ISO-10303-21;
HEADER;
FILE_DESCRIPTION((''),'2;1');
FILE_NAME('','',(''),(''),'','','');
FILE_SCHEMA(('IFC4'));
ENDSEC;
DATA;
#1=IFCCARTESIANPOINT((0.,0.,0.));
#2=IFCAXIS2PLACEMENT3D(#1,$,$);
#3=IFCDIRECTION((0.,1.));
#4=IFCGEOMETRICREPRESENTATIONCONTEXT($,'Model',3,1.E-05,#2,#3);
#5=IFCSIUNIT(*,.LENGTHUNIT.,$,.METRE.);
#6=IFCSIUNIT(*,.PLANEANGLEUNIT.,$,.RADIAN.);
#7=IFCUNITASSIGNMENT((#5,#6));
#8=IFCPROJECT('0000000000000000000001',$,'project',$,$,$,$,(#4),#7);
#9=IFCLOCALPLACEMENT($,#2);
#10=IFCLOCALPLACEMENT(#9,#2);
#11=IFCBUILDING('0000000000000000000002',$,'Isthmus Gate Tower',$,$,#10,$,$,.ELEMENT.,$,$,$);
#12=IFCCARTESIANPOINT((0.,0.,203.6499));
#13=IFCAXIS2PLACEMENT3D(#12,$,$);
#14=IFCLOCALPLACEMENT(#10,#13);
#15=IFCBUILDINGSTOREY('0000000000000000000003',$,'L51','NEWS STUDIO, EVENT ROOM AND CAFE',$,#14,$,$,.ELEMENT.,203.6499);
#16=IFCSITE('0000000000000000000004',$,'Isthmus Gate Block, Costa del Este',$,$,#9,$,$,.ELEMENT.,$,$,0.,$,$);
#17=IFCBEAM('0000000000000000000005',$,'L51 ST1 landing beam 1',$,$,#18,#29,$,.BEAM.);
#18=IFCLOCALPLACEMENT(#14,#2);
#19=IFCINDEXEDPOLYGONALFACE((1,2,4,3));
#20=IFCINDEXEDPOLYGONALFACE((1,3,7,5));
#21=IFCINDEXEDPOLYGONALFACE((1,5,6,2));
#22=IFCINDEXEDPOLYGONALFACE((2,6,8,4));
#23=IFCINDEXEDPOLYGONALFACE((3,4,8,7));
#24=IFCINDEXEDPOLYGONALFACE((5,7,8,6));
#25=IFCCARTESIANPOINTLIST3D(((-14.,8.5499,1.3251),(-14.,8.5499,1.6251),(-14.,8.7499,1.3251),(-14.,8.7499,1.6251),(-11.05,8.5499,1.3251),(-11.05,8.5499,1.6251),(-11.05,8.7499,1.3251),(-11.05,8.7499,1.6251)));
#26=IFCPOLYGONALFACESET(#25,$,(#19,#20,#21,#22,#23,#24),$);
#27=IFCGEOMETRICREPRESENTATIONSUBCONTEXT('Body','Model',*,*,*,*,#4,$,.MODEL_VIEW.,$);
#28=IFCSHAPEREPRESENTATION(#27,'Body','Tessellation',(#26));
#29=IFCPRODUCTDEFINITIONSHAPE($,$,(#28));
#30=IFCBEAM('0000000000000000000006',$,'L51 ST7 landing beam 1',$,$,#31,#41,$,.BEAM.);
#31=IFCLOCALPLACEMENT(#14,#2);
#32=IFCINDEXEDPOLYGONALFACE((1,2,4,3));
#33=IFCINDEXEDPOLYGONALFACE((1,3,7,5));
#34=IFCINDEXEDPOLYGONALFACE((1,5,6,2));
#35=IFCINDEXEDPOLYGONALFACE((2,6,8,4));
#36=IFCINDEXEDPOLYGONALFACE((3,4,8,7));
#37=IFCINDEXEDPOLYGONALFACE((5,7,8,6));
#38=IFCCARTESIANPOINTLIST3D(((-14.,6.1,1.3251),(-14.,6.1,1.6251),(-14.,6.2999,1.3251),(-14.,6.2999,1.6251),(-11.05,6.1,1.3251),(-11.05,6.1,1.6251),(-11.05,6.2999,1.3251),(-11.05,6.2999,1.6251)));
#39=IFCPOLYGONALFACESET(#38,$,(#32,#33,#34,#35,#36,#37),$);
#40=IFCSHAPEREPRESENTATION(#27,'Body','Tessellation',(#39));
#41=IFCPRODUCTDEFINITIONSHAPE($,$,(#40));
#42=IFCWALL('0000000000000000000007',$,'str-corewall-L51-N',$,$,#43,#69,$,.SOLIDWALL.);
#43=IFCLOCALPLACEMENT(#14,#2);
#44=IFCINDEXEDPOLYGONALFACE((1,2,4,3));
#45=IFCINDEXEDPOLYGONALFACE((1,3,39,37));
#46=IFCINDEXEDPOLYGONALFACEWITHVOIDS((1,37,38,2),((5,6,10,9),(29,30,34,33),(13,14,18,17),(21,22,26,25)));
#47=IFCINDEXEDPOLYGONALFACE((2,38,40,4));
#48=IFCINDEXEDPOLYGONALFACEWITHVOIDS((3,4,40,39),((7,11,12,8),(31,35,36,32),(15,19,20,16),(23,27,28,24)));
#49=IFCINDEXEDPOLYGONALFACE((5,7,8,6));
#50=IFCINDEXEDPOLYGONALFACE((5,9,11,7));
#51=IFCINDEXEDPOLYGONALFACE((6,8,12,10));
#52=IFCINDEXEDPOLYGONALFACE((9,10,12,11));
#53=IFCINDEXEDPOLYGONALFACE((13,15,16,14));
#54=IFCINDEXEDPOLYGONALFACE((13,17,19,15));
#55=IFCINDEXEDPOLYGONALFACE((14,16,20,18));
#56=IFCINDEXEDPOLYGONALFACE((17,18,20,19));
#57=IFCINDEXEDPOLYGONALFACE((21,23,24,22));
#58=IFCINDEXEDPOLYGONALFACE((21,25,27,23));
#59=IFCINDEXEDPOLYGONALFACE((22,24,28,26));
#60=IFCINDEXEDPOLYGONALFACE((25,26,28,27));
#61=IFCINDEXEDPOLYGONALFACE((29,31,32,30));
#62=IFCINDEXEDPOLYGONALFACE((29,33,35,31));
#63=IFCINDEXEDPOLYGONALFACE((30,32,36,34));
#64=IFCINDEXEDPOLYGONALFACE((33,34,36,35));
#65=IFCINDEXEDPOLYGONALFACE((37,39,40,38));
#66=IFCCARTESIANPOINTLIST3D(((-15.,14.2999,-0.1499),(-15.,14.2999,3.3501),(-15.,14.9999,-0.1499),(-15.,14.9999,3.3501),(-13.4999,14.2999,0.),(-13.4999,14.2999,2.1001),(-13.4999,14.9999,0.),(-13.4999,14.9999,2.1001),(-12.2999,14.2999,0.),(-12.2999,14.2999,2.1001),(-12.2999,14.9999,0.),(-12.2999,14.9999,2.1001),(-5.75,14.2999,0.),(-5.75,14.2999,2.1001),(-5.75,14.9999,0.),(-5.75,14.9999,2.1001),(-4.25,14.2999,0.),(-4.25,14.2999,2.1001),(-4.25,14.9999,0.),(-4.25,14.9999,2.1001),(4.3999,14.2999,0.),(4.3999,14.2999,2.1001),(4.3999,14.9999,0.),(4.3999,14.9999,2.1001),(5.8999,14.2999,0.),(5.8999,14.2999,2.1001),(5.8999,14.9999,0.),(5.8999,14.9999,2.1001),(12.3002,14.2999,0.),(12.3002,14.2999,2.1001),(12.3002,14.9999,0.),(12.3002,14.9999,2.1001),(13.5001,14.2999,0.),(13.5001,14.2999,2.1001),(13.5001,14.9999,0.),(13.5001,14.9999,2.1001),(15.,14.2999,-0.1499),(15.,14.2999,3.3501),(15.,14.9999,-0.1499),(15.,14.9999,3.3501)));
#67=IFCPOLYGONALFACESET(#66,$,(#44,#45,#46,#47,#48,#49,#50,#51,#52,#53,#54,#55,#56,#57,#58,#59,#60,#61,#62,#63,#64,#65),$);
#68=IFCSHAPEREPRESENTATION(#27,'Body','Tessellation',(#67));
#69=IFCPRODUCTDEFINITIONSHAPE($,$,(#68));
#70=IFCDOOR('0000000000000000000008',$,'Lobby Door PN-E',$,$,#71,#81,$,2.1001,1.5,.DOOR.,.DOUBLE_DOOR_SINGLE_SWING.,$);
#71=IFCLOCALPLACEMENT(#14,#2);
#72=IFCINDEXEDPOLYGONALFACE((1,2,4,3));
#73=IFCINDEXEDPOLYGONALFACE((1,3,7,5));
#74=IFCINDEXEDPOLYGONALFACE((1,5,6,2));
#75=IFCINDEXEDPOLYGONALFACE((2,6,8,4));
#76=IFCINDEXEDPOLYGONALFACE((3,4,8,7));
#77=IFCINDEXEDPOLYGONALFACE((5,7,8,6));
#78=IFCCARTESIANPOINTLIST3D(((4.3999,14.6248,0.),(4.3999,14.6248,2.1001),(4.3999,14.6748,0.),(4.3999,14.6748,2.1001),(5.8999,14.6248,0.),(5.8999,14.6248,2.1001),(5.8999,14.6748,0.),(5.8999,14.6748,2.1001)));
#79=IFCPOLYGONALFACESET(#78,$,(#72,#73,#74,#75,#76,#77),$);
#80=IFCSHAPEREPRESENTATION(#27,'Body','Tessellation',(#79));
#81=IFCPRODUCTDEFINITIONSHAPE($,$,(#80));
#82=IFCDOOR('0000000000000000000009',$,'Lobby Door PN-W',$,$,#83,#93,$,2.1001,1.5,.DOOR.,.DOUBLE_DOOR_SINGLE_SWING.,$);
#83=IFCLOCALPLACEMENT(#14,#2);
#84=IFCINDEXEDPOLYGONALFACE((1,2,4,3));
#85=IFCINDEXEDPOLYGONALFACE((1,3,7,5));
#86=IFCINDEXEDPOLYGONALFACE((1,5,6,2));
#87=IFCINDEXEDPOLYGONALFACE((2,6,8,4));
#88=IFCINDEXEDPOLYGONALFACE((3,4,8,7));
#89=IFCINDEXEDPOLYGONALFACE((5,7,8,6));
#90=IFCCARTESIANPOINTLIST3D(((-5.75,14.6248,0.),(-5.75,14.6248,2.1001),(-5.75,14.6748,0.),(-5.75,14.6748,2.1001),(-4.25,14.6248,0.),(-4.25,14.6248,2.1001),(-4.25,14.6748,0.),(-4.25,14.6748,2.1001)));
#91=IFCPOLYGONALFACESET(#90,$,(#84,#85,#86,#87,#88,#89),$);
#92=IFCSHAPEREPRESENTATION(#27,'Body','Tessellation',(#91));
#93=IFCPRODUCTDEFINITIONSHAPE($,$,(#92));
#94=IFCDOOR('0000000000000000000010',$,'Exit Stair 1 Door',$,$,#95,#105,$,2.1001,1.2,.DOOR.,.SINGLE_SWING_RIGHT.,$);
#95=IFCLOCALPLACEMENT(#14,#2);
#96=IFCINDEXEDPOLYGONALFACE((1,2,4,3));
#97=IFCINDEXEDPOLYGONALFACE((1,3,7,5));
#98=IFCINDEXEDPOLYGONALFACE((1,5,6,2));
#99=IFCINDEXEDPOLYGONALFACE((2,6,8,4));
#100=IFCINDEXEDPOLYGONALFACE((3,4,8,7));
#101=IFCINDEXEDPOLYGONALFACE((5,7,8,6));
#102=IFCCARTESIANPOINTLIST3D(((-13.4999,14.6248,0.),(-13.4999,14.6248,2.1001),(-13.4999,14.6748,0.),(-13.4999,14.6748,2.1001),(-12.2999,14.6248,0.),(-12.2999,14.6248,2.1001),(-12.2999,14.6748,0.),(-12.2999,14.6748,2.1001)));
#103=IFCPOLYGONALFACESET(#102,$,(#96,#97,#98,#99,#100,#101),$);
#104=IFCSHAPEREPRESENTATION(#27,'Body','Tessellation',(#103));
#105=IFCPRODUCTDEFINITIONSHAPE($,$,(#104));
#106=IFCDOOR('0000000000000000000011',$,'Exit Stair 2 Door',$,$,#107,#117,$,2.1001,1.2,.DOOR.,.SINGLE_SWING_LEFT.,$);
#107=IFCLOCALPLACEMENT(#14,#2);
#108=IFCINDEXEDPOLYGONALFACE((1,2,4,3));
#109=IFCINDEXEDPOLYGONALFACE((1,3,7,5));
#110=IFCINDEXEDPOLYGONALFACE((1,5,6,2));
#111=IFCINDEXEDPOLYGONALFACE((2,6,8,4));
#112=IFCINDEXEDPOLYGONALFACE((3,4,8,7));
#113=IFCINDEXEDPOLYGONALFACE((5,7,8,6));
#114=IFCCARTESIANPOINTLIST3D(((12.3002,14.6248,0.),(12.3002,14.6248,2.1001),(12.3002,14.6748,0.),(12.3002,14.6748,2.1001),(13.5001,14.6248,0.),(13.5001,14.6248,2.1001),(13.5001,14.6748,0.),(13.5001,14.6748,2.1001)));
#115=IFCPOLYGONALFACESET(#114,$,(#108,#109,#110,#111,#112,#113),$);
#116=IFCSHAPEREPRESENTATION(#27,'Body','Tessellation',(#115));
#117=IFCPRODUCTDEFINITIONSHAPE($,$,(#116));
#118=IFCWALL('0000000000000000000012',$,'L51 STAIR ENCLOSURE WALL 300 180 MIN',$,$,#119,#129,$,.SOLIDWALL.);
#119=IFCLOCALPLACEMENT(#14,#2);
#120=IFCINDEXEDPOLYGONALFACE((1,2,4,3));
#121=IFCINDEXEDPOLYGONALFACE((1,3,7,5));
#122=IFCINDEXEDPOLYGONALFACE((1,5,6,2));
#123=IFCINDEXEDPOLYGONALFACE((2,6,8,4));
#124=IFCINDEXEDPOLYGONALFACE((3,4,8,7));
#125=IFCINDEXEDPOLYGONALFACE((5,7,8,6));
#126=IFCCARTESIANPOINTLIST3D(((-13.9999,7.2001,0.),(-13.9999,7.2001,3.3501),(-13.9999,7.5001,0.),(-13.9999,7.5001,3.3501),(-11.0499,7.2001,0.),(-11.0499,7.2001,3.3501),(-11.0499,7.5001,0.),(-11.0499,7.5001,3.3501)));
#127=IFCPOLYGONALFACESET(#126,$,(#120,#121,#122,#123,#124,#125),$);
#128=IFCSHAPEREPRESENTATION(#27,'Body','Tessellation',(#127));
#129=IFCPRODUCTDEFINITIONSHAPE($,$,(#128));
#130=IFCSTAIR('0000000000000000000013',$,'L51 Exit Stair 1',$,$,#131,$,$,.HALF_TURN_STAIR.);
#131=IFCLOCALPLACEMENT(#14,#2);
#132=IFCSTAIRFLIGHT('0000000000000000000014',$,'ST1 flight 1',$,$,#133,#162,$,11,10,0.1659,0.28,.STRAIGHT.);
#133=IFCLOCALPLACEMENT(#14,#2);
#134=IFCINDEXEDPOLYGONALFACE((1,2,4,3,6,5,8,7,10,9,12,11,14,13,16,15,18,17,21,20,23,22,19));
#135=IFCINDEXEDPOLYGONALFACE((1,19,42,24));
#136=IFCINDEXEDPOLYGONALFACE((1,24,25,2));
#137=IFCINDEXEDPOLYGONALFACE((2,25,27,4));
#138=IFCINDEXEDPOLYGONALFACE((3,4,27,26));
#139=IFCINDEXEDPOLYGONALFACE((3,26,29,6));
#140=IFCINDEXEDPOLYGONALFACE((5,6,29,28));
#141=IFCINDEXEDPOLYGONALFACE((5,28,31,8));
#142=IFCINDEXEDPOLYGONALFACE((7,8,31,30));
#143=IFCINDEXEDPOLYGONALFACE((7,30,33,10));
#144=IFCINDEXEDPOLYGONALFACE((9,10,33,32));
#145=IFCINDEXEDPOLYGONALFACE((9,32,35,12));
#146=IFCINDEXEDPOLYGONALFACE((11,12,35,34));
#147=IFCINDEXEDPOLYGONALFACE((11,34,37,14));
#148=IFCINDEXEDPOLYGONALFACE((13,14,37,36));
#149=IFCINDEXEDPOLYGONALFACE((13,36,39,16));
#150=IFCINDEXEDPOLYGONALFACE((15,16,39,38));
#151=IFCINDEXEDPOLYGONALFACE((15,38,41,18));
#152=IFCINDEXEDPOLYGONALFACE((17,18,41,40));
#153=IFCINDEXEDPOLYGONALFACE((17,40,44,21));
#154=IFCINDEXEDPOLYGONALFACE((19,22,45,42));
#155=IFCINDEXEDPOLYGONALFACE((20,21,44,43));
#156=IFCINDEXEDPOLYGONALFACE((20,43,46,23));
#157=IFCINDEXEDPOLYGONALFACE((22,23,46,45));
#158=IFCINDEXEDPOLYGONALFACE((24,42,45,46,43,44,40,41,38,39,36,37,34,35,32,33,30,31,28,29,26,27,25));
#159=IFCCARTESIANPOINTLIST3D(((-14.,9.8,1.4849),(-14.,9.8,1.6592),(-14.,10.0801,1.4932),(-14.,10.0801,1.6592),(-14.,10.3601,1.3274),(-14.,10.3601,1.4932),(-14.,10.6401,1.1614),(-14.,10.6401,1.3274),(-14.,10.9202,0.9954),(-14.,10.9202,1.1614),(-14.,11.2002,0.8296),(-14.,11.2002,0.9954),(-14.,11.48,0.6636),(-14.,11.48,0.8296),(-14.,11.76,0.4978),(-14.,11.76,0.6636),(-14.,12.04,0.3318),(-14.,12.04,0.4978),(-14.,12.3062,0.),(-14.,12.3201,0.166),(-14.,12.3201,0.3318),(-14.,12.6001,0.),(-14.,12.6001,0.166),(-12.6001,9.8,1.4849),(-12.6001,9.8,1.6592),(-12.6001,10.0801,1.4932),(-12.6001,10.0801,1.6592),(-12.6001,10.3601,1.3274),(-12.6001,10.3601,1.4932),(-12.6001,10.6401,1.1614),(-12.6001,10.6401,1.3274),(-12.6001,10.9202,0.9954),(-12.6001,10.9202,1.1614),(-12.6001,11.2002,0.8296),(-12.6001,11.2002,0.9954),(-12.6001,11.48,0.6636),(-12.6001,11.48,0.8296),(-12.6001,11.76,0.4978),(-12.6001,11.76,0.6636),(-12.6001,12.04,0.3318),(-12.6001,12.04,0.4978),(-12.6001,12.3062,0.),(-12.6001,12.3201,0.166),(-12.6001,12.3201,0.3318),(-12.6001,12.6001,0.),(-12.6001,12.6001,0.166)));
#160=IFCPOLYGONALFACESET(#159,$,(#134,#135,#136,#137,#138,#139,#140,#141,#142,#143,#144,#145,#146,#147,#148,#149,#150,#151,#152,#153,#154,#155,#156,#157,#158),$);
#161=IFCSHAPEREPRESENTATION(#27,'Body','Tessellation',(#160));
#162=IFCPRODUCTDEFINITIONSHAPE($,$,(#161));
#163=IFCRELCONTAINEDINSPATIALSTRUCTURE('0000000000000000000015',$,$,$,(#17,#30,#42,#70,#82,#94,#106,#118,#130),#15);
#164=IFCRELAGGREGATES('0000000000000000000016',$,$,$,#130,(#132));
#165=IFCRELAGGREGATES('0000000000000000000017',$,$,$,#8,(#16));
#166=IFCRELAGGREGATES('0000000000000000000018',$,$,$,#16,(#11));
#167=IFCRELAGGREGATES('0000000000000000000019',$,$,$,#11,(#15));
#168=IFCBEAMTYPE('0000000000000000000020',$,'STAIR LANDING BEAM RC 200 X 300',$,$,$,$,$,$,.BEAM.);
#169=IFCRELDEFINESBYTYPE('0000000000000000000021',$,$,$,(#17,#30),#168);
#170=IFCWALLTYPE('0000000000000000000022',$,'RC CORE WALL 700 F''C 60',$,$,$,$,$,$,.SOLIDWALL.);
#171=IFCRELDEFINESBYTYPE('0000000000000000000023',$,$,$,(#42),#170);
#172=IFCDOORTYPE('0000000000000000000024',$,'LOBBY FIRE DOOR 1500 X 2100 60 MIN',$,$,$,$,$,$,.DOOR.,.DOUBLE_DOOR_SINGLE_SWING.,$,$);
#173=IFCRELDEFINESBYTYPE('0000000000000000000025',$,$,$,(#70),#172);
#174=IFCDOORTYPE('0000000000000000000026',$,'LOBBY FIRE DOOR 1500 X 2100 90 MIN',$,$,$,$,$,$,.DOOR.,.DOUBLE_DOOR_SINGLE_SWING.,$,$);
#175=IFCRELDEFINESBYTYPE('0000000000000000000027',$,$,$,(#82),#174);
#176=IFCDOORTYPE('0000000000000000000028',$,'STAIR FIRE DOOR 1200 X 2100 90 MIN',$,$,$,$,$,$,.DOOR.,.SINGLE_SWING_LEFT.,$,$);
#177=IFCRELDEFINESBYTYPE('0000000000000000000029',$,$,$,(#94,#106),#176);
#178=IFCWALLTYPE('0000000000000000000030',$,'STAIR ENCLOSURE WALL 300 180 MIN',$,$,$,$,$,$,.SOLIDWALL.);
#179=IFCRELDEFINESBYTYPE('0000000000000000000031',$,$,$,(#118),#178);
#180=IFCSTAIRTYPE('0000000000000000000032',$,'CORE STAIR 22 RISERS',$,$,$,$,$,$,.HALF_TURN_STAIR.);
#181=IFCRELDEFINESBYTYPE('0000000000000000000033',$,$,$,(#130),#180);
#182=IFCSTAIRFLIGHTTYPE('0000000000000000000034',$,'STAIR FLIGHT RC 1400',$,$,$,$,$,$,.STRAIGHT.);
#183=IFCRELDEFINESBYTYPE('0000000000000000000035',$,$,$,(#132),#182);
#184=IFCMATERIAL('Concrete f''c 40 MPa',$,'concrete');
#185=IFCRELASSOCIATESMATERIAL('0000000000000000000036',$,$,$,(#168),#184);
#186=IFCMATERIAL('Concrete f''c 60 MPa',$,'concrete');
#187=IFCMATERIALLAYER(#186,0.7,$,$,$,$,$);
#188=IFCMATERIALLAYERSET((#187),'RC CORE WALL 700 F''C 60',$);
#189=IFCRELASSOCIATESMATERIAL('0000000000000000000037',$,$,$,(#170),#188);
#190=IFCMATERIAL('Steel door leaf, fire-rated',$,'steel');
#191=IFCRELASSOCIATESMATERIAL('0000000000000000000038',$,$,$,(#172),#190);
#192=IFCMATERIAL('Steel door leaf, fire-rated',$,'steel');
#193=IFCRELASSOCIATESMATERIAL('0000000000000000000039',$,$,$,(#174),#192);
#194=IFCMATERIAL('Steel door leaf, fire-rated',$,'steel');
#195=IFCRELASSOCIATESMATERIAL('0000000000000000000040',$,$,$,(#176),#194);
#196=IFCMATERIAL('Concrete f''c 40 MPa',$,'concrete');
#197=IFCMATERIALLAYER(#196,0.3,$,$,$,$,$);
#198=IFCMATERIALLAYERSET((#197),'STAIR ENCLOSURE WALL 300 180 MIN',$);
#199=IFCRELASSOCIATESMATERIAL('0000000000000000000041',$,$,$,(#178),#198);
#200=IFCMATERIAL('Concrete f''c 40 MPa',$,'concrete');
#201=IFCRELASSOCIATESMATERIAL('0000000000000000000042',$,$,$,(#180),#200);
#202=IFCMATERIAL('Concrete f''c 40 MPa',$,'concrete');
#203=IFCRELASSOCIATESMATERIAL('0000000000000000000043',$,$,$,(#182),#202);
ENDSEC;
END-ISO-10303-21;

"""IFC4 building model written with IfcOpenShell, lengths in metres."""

from ifc_helpers import new_model, si_unit, direction, frame, frame_2d, origin, origin_2d, place, context, subcontext, project, spatial, polyline, rectangle, outline, extrude, material, layer, layer_set, material_profile, profile_set, type_object, element, fill, aggregate, save


model = new_model("IFC4")

# Units and contexts
model_context = context("Model", 3, precision=1e-05, world=origin(), true_north=direction((0.0, 1.0)))
body_context = subcontext(model_context, "Body", "Model", "MODEL_VIEW")
ifc_project = project(units=[si_unit("LENGTHUNIT", "METRE"), si_unit("PLANEANGLEUNIT", "RADIAN")], contexts=[model_context])

# Site, building, storey
site_placement = place(None, origin())
site = spatial("IfcSite", under=ifc_project, at=site_placement, Name="Isthmus Gate Block, Costa del Este", CompositionType="ELEMENT", RefElevation=0.0)
building_placement = place(site_placement, origin())
building = spatial("IfcBuilding", under=site, at=building_placement, Name="Isthmus Gate Tower", CompositionType="ELEMENT")
storey_placement = place(building_placement, frame((0.0, 0.0, 203.6499)))
storey = spatial("IfcBuildingStorey", under=building, at=storey_placement, Name="L51", Description="NEWS STUDIO, EVENT ROOM AND CAFE", CompositionType="ELEMENT", Elevation=203.6499)

# Beams
ifc_material_1 = material(Name="Concrete f'c 40 MPa", Category="concrete")
ifc_material_profile = material_profile(ifc_material_1, rectangle(XDim=0.2, YDim=0.3, at=origin_2d()), Name="STAIR LANDING BEAM RC 200 X 300")
ifc_profile_set = profile_set([ifc_material_profile], Name="Concrete f'c 40 MPa")
beam_type = type_object("IfcBeamType", Name="STAIR LANDING BEAM RC 200 X 300", PredefinedType="BEAM", material=ifc_profile_set)
for number, where, z_axis, x_axis, name in (
    (1, (-14.0, 8.6499, 1.4751), (1.0, 0.0, 0.0), (0.0, 1.0, 0.0), "L51 ST1 landing beam 1"),
    (2, (-14.0, 6.2, 1.4751), (1.0, 0.0, 0.0), (0.0, 1.0, 0.0), "L51 ST7 landing beam 1"),
):
    element("IfcBeam", number, at=place(storey_placement, frame(where, z_axis=z_axis, x_axis=x_axis)), inside=storey, type_object=beam_type, Name=name, PredefinedType="BEAM", context=body_context, shape_type="SweptSolid", body=[
        extrude(rectangle(XDim=0.2, YDim=0.3, at=origin_2d()), origin(), (0.0, 0.0, 1.0), 2.95),
    ])

# Wall, openings, doors
ifc_material_2 = material(Name="Concrete f'c 60 MPa", Category="concrete")
ifc_layer_1 = layer(ifc_material_2, 0.7)
ifc_layer_set_1 = layer_set([ifc_layer_1], Name="RC CORE WALL 700 F'C 60")
wall_type_1 = type_object("IfcWallType", Name="RC CORE WALL 700 F'C 60", PredefinedType="SOLIDWALL", material=ifc_layer_set_1)
wall_1_placement = place(storey_placement, frame((-15.0, 14.6499, -0.1499), z_axis=(0.0, 0.0, 1.0), x_axis=(1.0, 0.0, 0.0)))
wall_1 = element("IfcWall", 3, at=wall_1_placement, inside=storey, type_object=wall_type_1, Name="str-corewall-L51-N", PredefinedType="SOLIDWALL", context=body_context, shape_type="SweptSolid", body=[
    extrude(rectangle(XDim=30.0, YDim=0.7, at=frame_2d((15.0, 0.0))), origin(), (0.0, 0.0, 1.0), 3.5),
])
opening_1_placement = place(wall_1_placement, frame((9.25, 0.0, 0.1499)))
opening_1 = element("IfcOpeningElement", 4, at=opening_1_placement, cuts=wall_1, PredefinedType="OPENING", context=body_context, shape_type="SweptSolid", body=[
    extrude(rectangle(XDim=1.5, YDim=2.1001, at=frame_2d((0.75, 1.05))), frame((0.0, 0.3599, 0.0), z_axis=(0.0, -1.0, 0.0), x_axis=(1.0, 0.0, 0.0)), (0.0, 0.0, 1.0), 0.72),
])
opening_2_placement = place(wall_1_placement, frame((19.3999, 0.0, 0.1499)))
opening_2 = element("IfcOpeningElement", 5, at=opening_2_placement, cuts=wall_1, PredefinedType="OPENING", context=body_context, shape_type="SweptSolid", body=[
    extrude(rectangle(XDim=1.5, YDim=2.1001, at=frame_2d((0.75, 1.05))), frame((0.0, 0.3599, 0.0), z_axis=(0.0, -1.0, 0.0), x_axis=(1.0, 0.0, 0.0)), (0.0, 0.0, 1.0), 0.72),
])
opening_3_placement = place(wall_1_placement, frame((1.5, 0.0, 0.1499)))
opening_3 = element("IfcOpeningElement", 6, at=opening_3_placement, cuts=wall_1, PredefinedType="OPENING", context=body_context, shape_type="SweptSolid", body=[
    extrude(rectangle(XDim=1.2, YDim=2.1001, at=frame_2d((0.6001, 1.05))), frame((0.0, 0.3599, 0.0), z_axis=(0.0, -1.0, 0.0), x_axis=(1.0, 0.0, 0.0)), (0.0, 0.0, 1.0), 0.72),
])
opening_4_placement = place(wall_1_placement, frame((27.3, 0.0, 0.1499)))
opening_4 = element("IfcOpeningElement", 7, at=opening_4_placement, cuts=wall_1, PredefinedType="OPENING", context=body_context, shape_type="SweptSolid", body=[
    extrude(rectangle(XDim=1.2, YDim=2.1001, at=frame_2d((0.6001, 1.05))), frame((0.0, 0.3599, 0.0), z_axis=(0.0, -1.0, 0.0), x_axis=(1.0, 0.0, 0.0)), (0.0, 0.0, 1.0), 0.72),
])
ifc_material_3 = material(Name="Steel door leaf, fire-rated", Category="steel")
door_type_1 = type_object("IfcDoorType", Name="LOBBY FIRE DOOR 1500 X 2100 60 MIN", OperationType="DOUBLE_DOOR_SINGLE_SWING", PredefinedType="DOOR", material=ifc_material_3)
door_1_placement = place(opening_2_placement, origin())
door_1 = element("IfcDoor", 8, at=door_1_placement, inside=storey, type_object=door_type_1, Name="Lobby Door PN-E", OperationType="DOUBLE_DOOR_SINGLE_SWING", OverallHeight=2.1001, OverallWidth=1.5, PredefinedType="DOOR", context=body_context, shape_type="SweptSolid", body=[
    extrude(rectangle(XDim=1.5, YDim=2.1001, at=frame_2d((0.75, 1.05))), frame((0.0, 0.0249, 0.0), z_axis=(0.0, -1.0, 0.0), x_axis=(1.0, 0.0, 0.0)), (0.0, 0.0, 1.0), 0.05),
])
fill(opening_2, door_1)
ifc_material_4 = material(Name="Steel door leaf, fire-rated", Category="steel")
door_type_2 = type_object("IfcDoorType", Name="LOBBY FIRE DOOR 1500 X 2100 90 MIN", OperationType="DOUBLE_DOOR_SINGLE_SWING", PredefinedType="DOOR", material=ifc_material_4)
door_2_placement = place(opening_1_placement, origin())
door_2 = element("IfcDoor", 9, at=door_2_placement, inside=storey, type_object=door_type_2, Name="Lobby Door PN-W", OperationType="DOUBLE_DOOR_SINGLE_SWING", OverallHeight=2.1001, OverallWidth=1.5, PredefinedType="DOOR", context=body_context, shape_type="SweptSolid", body=[
    extrude(rectangle(XDim=1.5, YDim=2.1001, at=frame_2d((0.75, 1.05))), frame((0.0, 0.0249, 0.0), z_axis=(0.0, -1.0, 0.0), x_axis=(1.0, 0.0, 0.0)), (0.0, 0.0, 1.0), 0.05),
])
fill(opening_1, door_2)
ifc_material_5 = material(Name="Steel door leaf, fire-rated", Category="steel")
door_type_3 = type_object("IfcDoorType", Name="STAIR FIRE DOOR 1200 X 2100 90 MIN", OperationType="SINGLE_SWING_LEFT", PredefinedType="DOOR", material=ifc_material_5)
door_3_placement = place(opening_3_placement, origin())
door_3 = element("IfcDoor", 10, at=door_3_placement, inside=storey, type_object=door_type_3, Name="Exit Stair 1 Door", OperationType="SINGLE_SWING_RIGHT", OverallHeight=2.1001, OverallWidth=1.2, PredefinedType="DOOR", context=body_context, shape_type="SweptSolid", body=[
    extrude(rectangle(XDim=1.2, YDim=2.1001, at=frame_2d((0.6001, 1.05))), frame((0.0, 0.0249, 0.0), z_axis=(0.0, -1.0, 0.0), x_axis=(1.0, 0.0, 0.0)), (0.0, 0.0, 1.0), 0.05),
])
fill(opening_3, door_3)
door_4_placement = place(opening_4_placement, origin())
door_4 = element("IfcDoor", 11, at=door_4_placement, inside=storey, type_object=door_type_3, Name="Exit Stair 2 Door", OperationType="SINGLE_SWING_LEFT", OverallHeight=2.1001, OverallWidth=1.2, PredefinedType="DOOR", context=body_context, shape_type="SweptSolid", body=[
    extrude(rectangle(XDim=1.2, YDim=2.1001, at=frame_2d((0.6001, 1.05))), frame((0.0, 0.0249, 0.0), z_axis=(0.0, -1.0, 0.0), x_axis=(1.0, 0.0, 0.0)), (0.0, 0.0, 1.0), 0.05),
])
fill(opening_4, door_4)

# Wall
ifc_material_6 = material(Name="Concrete f'c 40 MPa", Category="concrete")
ifc_layer_2 = layer(ifc_material_6, 0.3)
ifc_layer_set_2 = layer_set([ifc_layer_2], Name="STAIR ENCLOSURE WALL 300 180 MIN")
wall_type_2 = type_object("IfcWallType", Name="STAIR ENCLOSURE WALL 300 180 MIN", PredefinedType="SOLIDWALL", material=ifc_layer_set_2)
wall_2_placement = place(storey_placement, frame((-14.0, 7.3501, 0.0), z_axis=(0.0, 0.0, 1.0), x_axis=(1.0, 0.0, 0.0)))
element("IfcWall", 12, at=wall_2_placement, inside=storey, type_object=wall_type_2, Name="L51 STAIR ENCLOSURE WALL 300 180 MIN", PredefinedType="SOLIDWALL", context=body_context, shape_type="SweptSolid", body=[
    extrude(rectangle(XDim=2.95, YDim=0.3, at=frame_2d((1.4751, 0.0))), origin(), (0.0, 0.0, 1.0), 3.3501),
])

# Stair, stair flight
ifc_material_7 = material(Name="Concrete f'c 40 MPa", Category="concrete")
stair_type = type_object("IfcStairType", Name="CORE STAIR 22 RISERS", PredefinedType="HALF_TURN_STAIR", material=ifc_material_7)
stair_1_placement = place(storey_placement, origin())
stair_1 = element("IfcStair", 13, at=stair_1_placement, inside=storey, type_object=stair_type, Name="L51 Exit Stair 1", PredefinedType="HALF_TURN_STAIR")
ifc_material_8 = material(Name="Concrete f'c 40 MPa", Category="concrete")
stair_flight_type = type_object("IfcStairFlightType", Name="STAIR FLIGHT RC 1400", PredefinedType="STRAIGHT", material=ifc_material_8)
stair_flight_1_placement = place(storey_placement, frame((-13.3, 12.6001, 0.0), z_axis=(0.0, 0.0, 1.0), x_axis=(0.0, -1.0, 0.0)))
stair_flight_1 = element("IfcStairFlight", 14, at=stair_flight_1_placement, type_object=stair_flight_type, Name="ST1 flight 1", NumberOfRisers=11, NumberOfTreads=10, PredefinedType="STRAIGHT", RiserHeight=0.1659, TreadLength=0.28, context=body_context, shape_type="SweptSolid", body=[
    extrude(outline(polyline([(0.0, 0.0), (0.0, 0.166), (0.28, 0.166), (0.28, 0.3318), (0.5601, 0.3318), (0.5601, 0.4978), (0.8401, 0.4978), (0.8401, 0.6636), (1.1201, 0.6636), (1.1201, 0.8296), (1.3999, 0.8296), (1.3999, 0.9954), (1.6799, 0.9954), (1.6799, 1.1614), (1.96, 1.1614), (1.96, 1.3274), (2.24, 1.3274), (2.24, 1.4932), (2.52, 1.4932), (2.52, 1.6592), (2.8, 1.6592), (2.8, 1.825), (2.8, 1.4849), (0.2939, 0.0), (0.0, 0.0)])), frame((0.0, 0.7, 0.0), z_axis=(0.0, -1.0, 0.0), x_axis=(1.0, 0.0, 0.0)), (0.0, 0.0, 1.0), 1.3999),
])
aggregate(stair_1, [stair_flight_1])

save(model, "model.ifc")
